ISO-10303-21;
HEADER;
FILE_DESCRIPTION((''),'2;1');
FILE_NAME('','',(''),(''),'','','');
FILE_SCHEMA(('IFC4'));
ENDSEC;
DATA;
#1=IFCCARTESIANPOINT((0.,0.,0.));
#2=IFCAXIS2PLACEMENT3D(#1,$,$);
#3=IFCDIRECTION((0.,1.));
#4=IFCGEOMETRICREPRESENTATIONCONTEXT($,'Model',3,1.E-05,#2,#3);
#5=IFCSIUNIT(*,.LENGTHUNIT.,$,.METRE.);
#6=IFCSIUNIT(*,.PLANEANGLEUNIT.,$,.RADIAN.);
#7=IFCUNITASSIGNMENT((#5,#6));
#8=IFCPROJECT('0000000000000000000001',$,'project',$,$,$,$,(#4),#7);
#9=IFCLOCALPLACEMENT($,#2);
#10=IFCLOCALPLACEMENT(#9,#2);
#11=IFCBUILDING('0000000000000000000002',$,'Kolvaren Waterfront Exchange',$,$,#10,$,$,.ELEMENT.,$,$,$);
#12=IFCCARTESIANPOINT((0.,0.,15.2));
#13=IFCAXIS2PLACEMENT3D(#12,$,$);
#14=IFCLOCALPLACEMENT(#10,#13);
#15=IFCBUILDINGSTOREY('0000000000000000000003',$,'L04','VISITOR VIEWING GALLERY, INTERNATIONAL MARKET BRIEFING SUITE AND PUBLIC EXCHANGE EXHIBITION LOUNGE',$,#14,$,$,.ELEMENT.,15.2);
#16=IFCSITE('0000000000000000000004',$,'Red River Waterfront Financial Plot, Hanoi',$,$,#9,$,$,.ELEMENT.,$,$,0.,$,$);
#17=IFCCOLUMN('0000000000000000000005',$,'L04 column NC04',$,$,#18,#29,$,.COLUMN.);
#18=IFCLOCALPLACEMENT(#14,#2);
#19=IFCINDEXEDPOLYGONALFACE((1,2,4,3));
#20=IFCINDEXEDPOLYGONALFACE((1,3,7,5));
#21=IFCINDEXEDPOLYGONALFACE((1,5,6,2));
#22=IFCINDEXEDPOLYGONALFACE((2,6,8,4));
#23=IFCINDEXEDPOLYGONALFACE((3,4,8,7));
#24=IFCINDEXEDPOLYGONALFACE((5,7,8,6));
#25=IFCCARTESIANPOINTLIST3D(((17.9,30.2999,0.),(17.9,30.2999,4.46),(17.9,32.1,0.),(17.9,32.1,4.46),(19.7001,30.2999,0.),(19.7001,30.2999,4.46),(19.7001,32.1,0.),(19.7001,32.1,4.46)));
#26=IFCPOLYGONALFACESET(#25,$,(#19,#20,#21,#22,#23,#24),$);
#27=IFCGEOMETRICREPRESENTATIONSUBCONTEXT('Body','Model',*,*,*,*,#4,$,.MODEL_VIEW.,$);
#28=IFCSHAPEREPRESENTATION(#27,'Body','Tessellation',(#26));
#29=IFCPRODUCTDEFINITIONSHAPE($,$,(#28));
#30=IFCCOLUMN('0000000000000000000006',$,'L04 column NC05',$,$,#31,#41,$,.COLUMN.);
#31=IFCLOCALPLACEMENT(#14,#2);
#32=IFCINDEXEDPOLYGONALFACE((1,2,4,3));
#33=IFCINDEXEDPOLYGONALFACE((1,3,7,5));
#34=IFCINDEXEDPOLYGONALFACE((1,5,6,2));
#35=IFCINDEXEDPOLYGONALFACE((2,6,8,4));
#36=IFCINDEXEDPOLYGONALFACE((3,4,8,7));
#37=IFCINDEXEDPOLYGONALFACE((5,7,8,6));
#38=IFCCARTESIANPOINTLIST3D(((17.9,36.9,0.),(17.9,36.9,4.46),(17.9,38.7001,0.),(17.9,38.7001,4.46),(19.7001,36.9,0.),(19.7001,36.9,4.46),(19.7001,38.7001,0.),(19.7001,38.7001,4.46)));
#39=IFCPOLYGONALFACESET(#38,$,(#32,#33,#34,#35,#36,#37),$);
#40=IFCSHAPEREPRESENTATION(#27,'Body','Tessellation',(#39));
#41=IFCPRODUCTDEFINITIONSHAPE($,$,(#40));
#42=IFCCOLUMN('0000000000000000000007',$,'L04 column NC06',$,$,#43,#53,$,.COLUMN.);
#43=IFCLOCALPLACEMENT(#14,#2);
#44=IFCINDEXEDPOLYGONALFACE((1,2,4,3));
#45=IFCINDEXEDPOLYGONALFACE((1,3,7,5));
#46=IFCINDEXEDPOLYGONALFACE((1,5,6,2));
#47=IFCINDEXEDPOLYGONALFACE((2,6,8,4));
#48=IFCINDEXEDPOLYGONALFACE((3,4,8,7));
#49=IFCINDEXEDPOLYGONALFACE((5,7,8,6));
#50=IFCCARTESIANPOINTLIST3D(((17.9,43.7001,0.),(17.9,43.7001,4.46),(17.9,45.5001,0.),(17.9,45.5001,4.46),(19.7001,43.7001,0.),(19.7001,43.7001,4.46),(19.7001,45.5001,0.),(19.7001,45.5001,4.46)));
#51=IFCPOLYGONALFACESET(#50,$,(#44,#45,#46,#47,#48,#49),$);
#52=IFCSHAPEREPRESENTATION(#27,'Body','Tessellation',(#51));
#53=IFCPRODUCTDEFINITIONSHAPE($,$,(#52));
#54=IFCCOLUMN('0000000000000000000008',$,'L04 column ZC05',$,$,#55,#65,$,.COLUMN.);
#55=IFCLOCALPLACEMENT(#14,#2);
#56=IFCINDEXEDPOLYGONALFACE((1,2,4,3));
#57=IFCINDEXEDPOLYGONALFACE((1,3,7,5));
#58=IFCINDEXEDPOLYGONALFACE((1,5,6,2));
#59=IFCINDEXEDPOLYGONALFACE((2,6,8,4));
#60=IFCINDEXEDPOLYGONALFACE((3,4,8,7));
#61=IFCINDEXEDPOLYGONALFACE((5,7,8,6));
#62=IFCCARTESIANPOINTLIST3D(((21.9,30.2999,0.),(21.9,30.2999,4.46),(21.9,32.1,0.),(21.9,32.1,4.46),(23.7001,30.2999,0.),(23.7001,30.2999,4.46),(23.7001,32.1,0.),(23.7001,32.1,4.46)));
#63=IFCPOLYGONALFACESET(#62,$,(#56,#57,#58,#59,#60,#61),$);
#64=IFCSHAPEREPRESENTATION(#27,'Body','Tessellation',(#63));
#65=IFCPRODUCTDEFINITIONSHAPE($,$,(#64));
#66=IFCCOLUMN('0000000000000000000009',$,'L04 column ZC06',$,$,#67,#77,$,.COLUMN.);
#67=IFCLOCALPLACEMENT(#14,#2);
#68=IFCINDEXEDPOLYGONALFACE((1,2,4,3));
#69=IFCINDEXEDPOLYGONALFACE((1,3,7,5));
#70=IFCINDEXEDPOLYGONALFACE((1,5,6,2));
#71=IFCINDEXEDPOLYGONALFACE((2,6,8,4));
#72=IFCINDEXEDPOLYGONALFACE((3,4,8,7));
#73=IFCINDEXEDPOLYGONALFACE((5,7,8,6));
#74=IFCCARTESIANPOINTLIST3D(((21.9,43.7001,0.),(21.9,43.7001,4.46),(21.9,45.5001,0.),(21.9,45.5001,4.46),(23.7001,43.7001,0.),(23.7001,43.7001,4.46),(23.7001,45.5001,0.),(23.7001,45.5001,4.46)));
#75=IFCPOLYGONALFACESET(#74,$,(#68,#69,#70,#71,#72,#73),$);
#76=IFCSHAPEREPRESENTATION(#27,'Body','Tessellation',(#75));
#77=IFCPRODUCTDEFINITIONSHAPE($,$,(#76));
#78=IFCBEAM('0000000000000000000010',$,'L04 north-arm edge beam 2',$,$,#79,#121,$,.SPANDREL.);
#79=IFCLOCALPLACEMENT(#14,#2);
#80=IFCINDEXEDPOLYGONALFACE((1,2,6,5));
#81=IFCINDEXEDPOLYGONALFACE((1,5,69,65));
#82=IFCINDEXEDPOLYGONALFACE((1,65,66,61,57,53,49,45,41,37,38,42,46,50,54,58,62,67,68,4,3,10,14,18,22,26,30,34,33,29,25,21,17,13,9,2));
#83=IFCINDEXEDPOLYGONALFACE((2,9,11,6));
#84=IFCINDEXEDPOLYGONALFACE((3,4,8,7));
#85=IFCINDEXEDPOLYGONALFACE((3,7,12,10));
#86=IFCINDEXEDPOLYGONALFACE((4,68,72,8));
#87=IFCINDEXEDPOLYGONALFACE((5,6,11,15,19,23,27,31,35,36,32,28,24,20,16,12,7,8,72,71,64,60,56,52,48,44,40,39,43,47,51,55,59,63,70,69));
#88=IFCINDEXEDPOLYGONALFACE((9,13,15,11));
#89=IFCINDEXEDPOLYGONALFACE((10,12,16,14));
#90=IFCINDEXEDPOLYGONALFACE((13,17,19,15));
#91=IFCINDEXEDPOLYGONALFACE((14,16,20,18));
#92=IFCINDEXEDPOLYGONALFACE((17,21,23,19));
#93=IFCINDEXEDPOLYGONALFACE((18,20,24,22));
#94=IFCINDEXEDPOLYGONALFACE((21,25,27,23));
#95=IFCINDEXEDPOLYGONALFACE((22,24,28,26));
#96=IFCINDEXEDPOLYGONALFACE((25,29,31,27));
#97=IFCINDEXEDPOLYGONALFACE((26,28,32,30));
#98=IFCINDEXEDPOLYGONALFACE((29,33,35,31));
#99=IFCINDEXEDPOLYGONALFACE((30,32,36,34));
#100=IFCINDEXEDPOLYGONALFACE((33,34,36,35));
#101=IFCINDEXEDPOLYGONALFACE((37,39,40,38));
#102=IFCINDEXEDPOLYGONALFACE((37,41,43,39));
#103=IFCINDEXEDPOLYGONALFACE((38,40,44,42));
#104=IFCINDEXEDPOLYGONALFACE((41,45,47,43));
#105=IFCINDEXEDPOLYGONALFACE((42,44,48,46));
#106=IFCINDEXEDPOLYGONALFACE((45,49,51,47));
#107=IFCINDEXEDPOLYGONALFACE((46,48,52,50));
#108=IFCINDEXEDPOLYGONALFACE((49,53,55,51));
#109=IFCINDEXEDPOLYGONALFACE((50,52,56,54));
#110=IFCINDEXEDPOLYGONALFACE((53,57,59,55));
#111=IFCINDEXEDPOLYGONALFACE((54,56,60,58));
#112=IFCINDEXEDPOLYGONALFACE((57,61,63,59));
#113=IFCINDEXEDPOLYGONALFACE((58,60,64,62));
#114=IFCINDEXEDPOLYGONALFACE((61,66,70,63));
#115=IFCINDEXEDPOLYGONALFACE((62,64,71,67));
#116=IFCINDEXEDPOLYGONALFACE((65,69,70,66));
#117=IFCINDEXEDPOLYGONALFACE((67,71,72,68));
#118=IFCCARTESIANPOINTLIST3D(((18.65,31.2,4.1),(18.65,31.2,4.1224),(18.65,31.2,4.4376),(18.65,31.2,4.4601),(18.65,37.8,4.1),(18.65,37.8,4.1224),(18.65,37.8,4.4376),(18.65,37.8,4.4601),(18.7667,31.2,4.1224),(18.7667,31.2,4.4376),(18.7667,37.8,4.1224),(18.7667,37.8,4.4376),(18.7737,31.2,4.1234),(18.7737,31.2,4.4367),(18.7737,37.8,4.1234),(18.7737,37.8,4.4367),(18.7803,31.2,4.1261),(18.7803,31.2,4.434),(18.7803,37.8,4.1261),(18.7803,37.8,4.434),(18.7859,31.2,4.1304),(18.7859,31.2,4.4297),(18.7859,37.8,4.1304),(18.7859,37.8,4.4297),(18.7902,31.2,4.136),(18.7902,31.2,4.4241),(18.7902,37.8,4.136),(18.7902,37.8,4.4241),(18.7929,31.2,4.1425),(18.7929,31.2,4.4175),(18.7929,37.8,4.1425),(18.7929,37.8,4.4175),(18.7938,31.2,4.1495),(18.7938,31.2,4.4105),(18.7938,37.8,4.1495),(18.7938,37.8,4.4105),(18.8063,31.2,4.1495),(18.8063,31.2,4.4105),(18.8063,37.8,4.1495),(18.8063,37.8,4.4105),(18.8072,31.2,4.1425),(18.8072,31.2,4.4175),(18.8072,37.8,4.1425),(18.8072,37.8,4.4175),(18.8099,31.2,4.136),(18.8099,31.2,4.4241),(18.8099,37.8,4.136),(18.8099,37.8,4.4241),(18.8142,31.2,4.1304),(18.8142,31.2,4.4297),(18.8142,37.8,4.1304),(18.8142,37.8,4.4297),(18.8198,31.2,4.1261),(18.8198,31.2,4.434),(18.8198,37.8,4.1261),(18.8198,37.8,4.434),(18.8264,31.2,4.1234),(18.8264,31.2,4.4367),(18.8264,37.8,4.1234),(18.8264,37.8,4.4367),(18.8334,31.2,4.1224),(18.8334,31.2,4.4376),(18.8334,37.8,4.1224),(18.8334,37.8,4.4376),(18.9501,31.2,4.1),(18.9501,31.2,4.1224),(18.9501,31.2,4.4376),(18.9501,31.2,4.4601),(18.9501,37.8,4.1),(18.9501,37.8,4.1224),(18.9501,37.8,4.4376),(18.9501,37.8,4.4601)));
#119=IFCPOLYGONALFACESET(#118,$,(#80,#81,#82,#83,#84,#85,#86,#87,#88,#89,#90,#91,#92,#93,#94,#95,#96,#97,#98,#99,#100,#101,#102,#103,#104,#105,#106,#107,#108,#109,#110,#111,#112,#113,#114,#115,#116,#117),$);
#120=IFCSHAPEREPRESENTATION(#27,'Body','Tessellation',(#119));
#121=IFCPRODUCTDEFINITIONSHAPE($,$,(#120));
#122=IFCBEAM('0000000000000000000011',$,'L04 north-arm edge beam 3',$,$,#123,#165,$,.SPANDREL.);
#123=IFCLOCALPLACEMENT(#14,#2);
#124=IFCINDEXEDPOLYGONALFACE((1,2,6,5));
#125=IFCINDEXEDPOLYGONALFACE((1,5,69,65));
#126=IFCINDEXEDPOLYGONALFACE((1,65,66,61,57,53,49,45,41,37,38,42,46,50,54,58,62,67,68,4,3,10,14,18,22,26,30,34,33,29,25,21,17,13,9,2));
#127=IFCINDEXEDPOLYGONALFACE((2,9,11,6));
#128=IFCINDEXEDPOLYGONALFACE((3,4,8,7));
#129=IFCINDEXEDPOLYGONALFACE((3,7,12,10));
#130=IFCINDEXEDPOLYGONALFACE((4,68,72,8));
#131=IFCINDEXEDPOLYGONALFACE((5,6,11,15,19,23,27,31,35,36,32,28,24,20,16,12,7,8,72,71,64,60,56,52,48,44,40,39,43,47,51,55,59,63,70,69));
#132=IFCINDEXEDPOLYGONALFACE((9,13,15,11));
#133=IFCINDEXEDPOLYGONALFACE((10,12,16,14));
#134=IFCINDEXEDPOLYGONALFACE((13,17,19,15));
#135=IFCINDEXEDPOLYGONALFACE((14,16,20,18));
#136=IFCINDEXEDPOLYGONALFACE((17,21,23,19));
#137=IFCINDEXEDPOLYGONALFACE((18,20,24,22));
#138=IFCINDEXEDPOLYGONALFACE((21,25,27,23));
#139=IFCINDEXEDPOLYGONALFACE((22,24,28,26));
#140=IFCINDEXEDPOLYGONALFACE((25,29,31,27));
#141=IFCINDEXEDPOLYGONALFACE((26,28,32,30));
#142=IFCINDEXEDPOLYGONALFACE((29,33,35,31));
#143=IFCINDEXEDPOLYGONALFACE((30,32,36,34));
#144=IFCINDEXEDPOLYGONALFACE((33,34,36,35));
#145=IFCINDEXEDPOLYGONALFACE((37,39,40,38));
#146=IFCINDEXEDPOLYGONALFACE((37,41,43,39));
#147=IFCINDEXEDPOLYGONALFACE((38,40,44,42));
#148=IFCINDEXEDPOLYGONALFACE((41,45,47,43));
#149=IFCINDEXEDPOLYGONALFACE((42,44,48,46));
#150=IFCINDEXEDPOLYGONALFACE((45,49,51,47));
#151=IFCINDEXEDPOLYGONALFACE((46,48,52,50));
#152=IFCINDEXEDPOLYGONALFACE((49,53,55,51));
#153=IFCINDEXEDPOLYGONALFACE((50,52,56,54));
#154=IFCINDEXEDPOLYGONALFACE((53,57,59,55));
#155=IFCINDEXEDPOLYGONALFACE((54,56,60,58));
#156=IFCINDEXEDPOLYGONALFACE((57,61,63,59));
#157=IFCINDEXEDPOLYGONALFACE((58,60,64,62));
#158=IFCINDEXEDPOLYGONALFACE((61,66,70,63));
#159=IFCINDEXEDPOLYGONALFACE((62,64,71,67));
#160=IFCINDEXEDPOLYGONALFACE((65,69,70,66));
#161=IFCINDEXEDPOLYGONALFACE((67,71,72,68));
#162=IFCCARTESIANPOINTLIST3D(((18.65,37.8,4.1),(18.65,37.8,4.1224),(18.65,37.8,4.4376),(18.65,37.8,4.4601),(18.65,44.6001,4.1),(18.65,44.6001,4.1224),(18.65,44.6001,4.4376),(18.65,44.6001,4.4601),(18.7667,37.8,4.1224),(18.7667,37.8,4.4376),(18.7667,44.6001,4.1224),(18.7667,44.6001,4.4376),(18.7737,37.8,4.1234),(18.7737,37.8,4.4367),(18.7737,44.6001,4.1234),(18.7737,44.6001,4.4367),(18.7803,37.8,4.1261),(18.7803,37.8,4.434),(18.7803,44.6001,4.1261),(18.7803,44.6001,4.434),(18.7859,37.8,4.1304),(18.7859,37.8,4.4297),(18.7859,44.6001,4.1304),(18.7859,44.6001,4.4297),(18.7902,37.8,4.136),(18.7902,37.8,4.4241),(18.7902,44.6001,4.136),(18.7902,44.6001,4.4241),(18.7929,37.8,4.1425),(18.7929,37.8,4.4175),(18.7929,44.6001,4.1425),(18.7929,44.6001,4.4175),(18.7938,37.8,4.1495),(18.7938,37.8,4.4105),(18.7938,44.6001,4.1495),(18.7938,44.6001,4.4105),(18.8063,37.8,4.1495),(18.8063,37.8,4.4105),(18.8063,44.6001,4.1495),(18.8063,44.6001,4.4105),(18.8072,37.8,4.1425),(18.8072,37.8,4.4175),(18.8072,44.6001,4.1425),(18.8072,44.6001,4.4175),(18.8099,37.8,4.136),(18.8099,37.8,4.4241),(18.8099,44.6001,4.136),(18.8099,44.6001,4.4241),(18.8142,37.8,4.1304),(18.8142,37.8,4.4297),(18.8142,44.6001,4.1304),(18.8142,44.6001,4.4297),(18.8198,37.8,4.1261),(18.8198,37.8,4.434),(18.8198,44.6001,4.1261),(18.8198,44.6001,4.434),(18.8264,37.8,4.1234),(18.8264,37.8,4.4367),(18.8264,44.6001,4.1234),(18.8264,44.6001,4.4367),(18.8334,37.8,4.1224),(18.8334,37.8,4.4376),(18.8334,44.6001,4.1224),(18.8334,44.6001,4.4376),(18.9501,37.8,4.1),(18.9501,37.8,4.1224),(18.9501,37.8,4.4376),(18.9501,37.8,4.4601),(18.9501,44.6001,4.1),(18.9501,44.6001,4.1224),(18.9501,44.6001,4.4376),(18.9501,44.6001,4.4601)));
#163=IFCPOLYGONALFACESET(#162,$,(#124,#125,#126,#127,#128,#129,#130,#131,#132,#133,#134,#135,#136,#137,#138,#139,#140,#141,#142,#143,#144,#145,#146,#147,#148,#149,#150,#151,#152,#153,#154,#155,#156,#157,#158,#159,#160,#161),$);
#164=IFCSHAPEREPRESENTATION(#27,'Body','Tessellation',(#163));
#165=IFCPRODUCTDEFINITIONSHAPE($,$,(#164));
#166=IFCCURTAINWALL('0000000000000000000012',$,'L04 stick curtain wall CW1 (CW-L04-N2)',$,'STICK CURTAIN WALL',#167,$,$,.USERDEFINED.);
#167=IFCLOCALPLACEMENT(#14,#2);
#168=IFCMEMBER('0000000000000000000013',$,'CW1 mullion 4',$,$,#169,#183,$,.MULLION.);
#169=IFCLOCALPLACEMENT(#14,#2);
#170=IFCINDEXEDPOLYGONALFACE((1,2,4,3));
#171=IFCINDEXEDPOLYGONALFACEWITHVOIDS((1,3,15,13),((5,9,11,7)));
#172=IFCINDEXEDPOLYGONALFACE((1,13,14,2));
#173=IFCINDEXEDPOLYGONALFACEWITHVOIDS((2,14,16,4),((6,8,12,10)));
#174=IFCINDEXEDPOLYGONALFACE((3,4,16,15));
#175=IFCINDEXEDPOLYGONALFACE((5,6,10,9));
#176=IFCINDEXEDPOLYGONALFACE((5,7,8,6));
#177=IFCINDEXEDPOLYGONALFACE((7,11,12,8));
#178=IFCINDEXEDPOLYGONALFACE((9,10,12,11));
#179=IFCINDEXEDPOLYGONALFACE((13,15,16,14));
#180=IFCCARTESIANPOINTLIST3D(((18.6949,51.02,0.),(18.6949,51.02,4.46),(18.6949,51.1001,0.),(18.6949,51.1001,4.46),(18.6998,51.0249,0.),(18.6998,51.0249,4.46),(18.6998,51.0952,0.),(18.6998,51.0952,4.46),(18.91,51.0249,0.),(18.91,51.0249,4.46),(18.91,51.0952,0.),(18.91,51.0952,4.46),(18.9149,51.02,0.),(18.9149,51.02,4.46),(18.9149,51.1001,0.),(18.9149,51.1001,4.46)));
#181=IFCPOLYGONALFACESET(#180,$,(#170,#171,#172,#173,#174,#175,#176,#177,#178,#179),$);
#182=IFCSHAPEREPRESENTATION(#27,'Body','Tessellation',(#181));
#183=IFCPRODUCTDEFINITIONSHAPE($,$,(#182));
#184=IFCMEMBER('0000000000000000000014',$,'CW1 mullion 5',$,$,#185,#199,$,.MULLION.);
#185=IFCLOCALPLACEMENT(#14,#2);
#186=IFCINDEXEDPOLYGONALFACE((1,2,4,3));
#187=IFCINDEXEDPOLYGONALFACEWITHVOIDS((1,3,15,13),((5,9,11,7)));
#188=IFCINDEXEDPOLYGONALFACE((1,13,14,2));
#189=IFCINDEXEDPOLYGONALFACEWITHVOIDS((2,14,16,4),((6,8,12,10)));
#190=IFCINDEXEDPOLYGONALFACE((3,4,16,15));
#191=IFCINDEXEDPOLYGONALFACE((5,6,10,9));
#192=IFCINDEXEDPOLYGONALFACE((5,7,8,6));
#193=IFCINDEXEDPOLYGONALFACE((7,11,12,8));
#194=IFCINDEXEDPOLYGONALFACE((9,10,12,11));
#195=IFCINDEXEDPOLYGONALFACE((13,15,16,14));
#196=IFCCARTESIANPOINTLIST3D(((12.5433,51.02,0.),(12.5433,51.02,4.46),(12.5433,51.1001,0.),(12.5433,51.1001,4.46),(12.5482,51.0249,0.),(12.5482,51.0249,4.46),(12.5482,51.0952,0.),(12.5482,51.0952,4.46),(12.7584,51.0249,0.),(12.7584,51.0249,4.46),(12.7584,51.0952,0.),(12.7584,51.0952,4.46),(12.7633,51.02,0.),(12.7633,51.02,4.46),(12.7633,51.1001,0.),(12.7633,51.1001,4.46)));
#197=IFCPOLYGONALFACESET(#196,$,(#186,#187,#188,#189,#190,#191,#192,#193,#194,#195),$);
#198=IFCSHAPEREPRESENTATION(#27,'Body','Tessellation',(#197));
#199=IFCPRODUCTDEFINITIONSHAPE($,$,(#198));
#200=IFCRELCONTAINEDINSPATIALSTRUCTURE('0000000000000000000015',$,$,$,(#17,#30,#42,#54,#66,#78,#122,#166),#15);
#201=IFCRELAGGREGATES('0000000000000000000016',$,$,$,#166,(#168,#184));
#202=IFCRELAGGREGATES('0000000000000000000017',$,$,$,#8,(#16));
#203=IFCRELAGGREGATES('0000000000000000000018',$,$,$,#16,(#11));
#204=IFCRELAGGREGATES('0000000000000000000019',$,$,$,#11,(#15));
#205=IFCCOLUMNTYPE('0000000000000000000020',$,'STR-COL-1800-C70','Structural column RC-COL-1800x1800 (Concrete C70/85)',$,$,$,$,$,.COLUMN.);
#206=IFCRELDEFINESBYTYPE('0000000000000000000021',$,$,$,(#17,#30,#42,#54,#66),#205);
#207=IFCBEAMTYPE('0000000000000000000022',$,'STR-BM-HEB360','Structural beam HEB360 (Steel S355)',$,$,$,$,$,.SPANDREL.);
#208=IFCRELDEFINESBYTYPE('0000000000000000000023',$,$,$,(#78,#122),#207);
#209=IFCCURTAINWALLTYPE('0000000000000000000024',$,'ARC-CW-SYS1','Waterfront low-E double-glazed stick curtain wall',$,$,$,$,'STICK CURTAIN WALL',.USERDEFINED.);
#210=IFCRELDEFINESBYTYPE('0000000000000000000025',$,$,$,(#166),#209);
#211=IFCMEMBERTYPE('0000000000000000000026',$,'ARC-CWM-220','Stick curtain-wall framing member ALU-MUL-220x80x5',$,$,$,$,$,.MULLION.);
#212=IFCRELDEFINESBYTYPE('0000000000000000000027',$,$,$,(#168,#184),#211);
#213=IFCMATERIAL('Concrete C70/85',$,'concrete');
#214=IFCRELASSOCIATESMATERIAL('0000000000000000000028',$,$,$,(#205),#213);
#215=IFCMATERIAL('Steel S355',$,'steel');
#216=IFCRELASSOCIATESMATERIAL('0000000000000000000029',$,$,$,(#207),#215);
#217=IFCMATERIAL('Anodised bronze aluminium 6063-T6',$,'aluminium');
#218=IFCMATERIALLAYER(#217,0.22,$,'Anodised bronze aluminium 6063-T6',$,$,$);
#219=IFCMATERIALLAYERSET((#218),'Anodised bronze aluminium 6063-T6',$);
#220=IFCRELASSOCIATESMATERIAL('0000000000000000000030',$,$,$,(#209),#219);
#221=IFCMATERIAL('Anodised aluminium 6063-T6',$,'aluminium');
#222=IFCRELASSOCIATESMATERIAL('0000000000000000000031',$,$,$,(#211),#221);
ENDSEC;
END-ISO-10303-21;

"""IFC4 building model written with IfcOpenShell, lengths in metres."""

from ifc_helpers import new_model, si_unit, direction, frame, origin, origin_with_axes, origin_2d, place, context, subcontext, project, spatial, rectangle, hollow_rectangle, i_section, extrude, source, transform, mapped, material, layer, layer_set, material_profile, profile_set, type_object, element, aggregate, save


model = new_model("IFC4")

# Units and contexts
model_context = context("Model", 3, precision=1e-05, world=origin(), true_north=direction((0.0, 1.0)))
body_context = subcontext(model_context, "Body", "Model", "MODEL_VIEW")
ifc_project = project(units=[si_unit("LENGTHUNIT", "METRE"), si_unit("PLANEANGLEUNIT", "RADIAN")], contexts=[model_context])

# Site, building, storey
site_placement = place(None, origin())
site = spatial("IfcSite", under=ifc_project, at=site_placement, Name="Red River Waterfront Financial Plot, Hanoi", CompositionType="ELEMENT", RefElevation=0.0)
building_placement = place(site_placement, origin())
building = spatial("IfcBuilding", under=site, at=building_placement, Name="Kolvaren Waterfront Exchange", CompositionType="ELEMENT")
storey_placement = place(building_placement, frame((0.0, 0.0, 15.2)))
storey = spatial("IfcBuildingStorey", under=building, at=storey_placement, Name="L04", Description="VISITOR VIEWING GALLERY, INTERNATIONAL MARKET BRIEFING SUITE AND PUBLIC EXCHANGE EXHIBITION LOUNGE", CompositionType="ELEMENT", Elevation=15.2)

# Columns
ifc_material_1 = material(Name="Concrete C70/85", Category="concrete")
ifc_material_profile_1 = material_profile(ifc_material_1, rectangle(XDim=1.8, YDim=1.8, at=origin_2d()), Name="RC-COL-1800x1800")
ifc_profile_set_1 = profile_set([ifc_material_profile_1], Name="Concrete C70/85")
column_type = type_object("IfcColumnType", Name="STR-COL-1800-C70", Description="Structural column RC-COL-1800x1800 (Concrete C70/85)", PredefinedType="COLUMN", material=ifc_profile_set_1)
for number, where, z_axis, x_axis, name in (
    (1, (18.8, 31.2, 0.0), (0.0, 0.0, 1.0), (1.0, 0.0, 0.0), "L04 column NC04"),
    (2, (18.8, 37.8, 0.0), (0.0, 0.0, 1.0), (1.0, 0.0, 0.0), "L04 column NC05"),
    (3, (18.8, 44.6001, 0.0), (0.0, 0.0, 1.0), (1.0, 0.0, 0.0), "L04 column NC06"),
    (4, (22.8, 31.2, 0.0), (0.0, 0.0, 1.0), (1.0, 0.0, 0.0), "L04 column ZC05"),
    (5, (22.8, 44.6001, 0.0), (0.0, 0.0, 1.0), (1.0, 0.0, 0.0), "L04 column ZC06"),
):
    element("IfcColumn", number, at=place(storey_placement, frame(where, z_axis=z_axis, x_axis=x_axis)), inside=storey, type_object=column_type, Name=name, PredefinedType="COLUMN", context=body_context, shape_type="SweptSolid", body=[
        extrude(rectangle(XDim=1.8, YDim=1.8, at=origin_2d()), origin(), (0.0, 0.0, 1.0), 4.46),
    ])

# Beams
ifc_material_2 = material(Name="Steel S355", Category="steel")
ifc_material_profile_2 = material_profile(ifc_material_2, i_section(OverallWidth=0.3, OverallDepth=0.3601, WebThickness=0.0125, FlangeThickness=0.0225, FilletRadius=0.0271, at=origin_2d()), Name="HEB360")
ifc_profile_set_2 = profile_set([ifc_material_profile_2], Name="Steel S355")
beam_type = type_object("IfcBeamType", Name="STR-BM-HEB360", Description="Structural beam HEB360 (Steel S355)", PredefinedType="SPANDREL", material=ifc_profile_set_2)
beam_1_placement = place(storey_placement, frame((18.8, 31.2, 4.28), z_axis=(0.0, 1.0, 0.0), x_axis=(-1.0, 0.0, 0.0)))
element("IfcBeam", 6, at=beam_1_placement, inside=storey, type_object=beam_type, Name="L04 north-arm edge beam 2", PredefinedType="SPANDREL", context=body_context, shape_type="SweptSolid", body=[
    extrude(i_section(OverallWidth=0.3, OverallDepth=0.3601, WebThickness=0.0125, FlangeThickness=0.0225, FilletRadius=0.0271, at=origin_2d()), origin(), (0.0, 0.0, 1.0), 6.6001),
])
beam_2_placement = place(storey_placement, frame((18.8, 37.8, 4.28), z_axis=(0.0, 1.0, 0.0), x_axis=(-1.0, 0.0, 0.0)))
element("IfcBeam", 7, at=beam_2_placement, inside=storey, type_object=beam_type, Name="L04 north-arm edge beam 3", PredefinedType="SPANDREL", context=body_context, shape_type="SweptSolid", body=[
    extrude(i_section(OverallWidth=0.3, OverallDepth=0.3601, WebThickness=0.0125, FlangeThickness=0.0225, FilletRadius=0.0271, at=origin_2d()), origin(), (0.0, 0.0, 1.0), 6.8),
])

# Curtain wall, members
ifc_material_3 = material(Name="Anodised bronze aluminium 6063-T6", Category="aluminium")
ifc_layer_1 = layer(ifc_material_3, 0.22, Name="Anodised bronze aluminium 6063-T6")
ifc_layer_set_1 = layer_set([ifc_layer_1], Name="Anodised bronze aluminium 6063-T6")
curtain_wall_type = type_object("IfcCurtainWallType", Name="ARC-CW-SYS1", Description="Waterfront low-E double-glazed stick curtain wall", ElementType="STICK CURTAIN WALL", PredefinedType="USERDEFINED", material=ifc_layer_set_1)
curtain_wall_placement = place(storey_placement, origin())
curtain_wall = element("IfcCurtainWall", 8, at=curtain_wall_placement, inside=storey, type_object=curtain_wall_type, Name="L04 stick curtain wall CW1 (CW-L04-N2)", ObjectType="STICK CURTAIN WALL", PredefinedType="USERDEFINED")
ifc_material_4 = material(Name="Anodised aluminium 6063-T6", Category="aluminium")
ifc_material_profile_3 = material_profile(ifc_material_4, hollow_rectangle(XDim=0.0801, YDim=0.22, WallThickness=0.0049, at=origin_2d()), Name="ALU-MUL-220x80x5")
ifc_profile_set_3 = profile_set([ifc_material_profile_3], Name="Anodised aluminium 6063-T6")
member_type_1 = type_object("IfcMemberType", Name="ARC-CWM-220", Description="Stick curtain-wall framing member ALU-MUL-220x80x5", PredefinedType="MULLION", material=ifc_profile_set_3)
shared_shape_1 = source(origin_with_axes(), body_context, "Body", "SweptSolid", [
    extrude(hollow_rectangle(XDim=0.0801, YDim=0.22, WallThickness=0.0049, at=origin_2d()), origin(), (0.0, 0.0, 1.0), 4.46),
])
member_1_placement = place(storey_placement, frame((18.8049, 51.0601, 0.0), z_axis=(0.0, 0.0, 1.0), x_axis=(0.0, -1.0, 0.0)))
member_1 = element("IfcMember", 9, at=member_1_placement, type_object=member_type_1, Name="CW1 mullion 4", PredefinedType="MULLION", context=body_context, shape_type="MappedRepresentation", body=[
    mapped(shared_shape_1, transform((0.0, 0.0, 0.0), x_axis=(1.0, 0.0, 0.0), y_axis=(0.0, 1.0, 0.0), z_axis=(0.0, 0.0, 1.0), scale=1.0)),
])
member_2_placement = place(storey_placement, frame((12.6533, 51.0601, 0.0), z_axis=(0.0, 0.0, 1.0), x_axis=(0.0, -1.0, 0.0)))
member_2 = element("IfcMember", 10, at=member_2_placement, type_object=member_type_1, Name="CW1 mullion 5", PredefinedType="MULLION", context=body_context, shape_type="MappedRepresentation", body=[
    mapped(shared_shape_1, transform((0.0, 0.0, 0.0), x_axis=(1.0, 0.0, 0.0), y_axis=(0.0, 1.0, 0.0), z_axis=(0.0, 0.0, 1.0), scale=1.0)),
])
aggregate(curtain_wall, [member_1, member_2])

save(model, "model.ifc")
